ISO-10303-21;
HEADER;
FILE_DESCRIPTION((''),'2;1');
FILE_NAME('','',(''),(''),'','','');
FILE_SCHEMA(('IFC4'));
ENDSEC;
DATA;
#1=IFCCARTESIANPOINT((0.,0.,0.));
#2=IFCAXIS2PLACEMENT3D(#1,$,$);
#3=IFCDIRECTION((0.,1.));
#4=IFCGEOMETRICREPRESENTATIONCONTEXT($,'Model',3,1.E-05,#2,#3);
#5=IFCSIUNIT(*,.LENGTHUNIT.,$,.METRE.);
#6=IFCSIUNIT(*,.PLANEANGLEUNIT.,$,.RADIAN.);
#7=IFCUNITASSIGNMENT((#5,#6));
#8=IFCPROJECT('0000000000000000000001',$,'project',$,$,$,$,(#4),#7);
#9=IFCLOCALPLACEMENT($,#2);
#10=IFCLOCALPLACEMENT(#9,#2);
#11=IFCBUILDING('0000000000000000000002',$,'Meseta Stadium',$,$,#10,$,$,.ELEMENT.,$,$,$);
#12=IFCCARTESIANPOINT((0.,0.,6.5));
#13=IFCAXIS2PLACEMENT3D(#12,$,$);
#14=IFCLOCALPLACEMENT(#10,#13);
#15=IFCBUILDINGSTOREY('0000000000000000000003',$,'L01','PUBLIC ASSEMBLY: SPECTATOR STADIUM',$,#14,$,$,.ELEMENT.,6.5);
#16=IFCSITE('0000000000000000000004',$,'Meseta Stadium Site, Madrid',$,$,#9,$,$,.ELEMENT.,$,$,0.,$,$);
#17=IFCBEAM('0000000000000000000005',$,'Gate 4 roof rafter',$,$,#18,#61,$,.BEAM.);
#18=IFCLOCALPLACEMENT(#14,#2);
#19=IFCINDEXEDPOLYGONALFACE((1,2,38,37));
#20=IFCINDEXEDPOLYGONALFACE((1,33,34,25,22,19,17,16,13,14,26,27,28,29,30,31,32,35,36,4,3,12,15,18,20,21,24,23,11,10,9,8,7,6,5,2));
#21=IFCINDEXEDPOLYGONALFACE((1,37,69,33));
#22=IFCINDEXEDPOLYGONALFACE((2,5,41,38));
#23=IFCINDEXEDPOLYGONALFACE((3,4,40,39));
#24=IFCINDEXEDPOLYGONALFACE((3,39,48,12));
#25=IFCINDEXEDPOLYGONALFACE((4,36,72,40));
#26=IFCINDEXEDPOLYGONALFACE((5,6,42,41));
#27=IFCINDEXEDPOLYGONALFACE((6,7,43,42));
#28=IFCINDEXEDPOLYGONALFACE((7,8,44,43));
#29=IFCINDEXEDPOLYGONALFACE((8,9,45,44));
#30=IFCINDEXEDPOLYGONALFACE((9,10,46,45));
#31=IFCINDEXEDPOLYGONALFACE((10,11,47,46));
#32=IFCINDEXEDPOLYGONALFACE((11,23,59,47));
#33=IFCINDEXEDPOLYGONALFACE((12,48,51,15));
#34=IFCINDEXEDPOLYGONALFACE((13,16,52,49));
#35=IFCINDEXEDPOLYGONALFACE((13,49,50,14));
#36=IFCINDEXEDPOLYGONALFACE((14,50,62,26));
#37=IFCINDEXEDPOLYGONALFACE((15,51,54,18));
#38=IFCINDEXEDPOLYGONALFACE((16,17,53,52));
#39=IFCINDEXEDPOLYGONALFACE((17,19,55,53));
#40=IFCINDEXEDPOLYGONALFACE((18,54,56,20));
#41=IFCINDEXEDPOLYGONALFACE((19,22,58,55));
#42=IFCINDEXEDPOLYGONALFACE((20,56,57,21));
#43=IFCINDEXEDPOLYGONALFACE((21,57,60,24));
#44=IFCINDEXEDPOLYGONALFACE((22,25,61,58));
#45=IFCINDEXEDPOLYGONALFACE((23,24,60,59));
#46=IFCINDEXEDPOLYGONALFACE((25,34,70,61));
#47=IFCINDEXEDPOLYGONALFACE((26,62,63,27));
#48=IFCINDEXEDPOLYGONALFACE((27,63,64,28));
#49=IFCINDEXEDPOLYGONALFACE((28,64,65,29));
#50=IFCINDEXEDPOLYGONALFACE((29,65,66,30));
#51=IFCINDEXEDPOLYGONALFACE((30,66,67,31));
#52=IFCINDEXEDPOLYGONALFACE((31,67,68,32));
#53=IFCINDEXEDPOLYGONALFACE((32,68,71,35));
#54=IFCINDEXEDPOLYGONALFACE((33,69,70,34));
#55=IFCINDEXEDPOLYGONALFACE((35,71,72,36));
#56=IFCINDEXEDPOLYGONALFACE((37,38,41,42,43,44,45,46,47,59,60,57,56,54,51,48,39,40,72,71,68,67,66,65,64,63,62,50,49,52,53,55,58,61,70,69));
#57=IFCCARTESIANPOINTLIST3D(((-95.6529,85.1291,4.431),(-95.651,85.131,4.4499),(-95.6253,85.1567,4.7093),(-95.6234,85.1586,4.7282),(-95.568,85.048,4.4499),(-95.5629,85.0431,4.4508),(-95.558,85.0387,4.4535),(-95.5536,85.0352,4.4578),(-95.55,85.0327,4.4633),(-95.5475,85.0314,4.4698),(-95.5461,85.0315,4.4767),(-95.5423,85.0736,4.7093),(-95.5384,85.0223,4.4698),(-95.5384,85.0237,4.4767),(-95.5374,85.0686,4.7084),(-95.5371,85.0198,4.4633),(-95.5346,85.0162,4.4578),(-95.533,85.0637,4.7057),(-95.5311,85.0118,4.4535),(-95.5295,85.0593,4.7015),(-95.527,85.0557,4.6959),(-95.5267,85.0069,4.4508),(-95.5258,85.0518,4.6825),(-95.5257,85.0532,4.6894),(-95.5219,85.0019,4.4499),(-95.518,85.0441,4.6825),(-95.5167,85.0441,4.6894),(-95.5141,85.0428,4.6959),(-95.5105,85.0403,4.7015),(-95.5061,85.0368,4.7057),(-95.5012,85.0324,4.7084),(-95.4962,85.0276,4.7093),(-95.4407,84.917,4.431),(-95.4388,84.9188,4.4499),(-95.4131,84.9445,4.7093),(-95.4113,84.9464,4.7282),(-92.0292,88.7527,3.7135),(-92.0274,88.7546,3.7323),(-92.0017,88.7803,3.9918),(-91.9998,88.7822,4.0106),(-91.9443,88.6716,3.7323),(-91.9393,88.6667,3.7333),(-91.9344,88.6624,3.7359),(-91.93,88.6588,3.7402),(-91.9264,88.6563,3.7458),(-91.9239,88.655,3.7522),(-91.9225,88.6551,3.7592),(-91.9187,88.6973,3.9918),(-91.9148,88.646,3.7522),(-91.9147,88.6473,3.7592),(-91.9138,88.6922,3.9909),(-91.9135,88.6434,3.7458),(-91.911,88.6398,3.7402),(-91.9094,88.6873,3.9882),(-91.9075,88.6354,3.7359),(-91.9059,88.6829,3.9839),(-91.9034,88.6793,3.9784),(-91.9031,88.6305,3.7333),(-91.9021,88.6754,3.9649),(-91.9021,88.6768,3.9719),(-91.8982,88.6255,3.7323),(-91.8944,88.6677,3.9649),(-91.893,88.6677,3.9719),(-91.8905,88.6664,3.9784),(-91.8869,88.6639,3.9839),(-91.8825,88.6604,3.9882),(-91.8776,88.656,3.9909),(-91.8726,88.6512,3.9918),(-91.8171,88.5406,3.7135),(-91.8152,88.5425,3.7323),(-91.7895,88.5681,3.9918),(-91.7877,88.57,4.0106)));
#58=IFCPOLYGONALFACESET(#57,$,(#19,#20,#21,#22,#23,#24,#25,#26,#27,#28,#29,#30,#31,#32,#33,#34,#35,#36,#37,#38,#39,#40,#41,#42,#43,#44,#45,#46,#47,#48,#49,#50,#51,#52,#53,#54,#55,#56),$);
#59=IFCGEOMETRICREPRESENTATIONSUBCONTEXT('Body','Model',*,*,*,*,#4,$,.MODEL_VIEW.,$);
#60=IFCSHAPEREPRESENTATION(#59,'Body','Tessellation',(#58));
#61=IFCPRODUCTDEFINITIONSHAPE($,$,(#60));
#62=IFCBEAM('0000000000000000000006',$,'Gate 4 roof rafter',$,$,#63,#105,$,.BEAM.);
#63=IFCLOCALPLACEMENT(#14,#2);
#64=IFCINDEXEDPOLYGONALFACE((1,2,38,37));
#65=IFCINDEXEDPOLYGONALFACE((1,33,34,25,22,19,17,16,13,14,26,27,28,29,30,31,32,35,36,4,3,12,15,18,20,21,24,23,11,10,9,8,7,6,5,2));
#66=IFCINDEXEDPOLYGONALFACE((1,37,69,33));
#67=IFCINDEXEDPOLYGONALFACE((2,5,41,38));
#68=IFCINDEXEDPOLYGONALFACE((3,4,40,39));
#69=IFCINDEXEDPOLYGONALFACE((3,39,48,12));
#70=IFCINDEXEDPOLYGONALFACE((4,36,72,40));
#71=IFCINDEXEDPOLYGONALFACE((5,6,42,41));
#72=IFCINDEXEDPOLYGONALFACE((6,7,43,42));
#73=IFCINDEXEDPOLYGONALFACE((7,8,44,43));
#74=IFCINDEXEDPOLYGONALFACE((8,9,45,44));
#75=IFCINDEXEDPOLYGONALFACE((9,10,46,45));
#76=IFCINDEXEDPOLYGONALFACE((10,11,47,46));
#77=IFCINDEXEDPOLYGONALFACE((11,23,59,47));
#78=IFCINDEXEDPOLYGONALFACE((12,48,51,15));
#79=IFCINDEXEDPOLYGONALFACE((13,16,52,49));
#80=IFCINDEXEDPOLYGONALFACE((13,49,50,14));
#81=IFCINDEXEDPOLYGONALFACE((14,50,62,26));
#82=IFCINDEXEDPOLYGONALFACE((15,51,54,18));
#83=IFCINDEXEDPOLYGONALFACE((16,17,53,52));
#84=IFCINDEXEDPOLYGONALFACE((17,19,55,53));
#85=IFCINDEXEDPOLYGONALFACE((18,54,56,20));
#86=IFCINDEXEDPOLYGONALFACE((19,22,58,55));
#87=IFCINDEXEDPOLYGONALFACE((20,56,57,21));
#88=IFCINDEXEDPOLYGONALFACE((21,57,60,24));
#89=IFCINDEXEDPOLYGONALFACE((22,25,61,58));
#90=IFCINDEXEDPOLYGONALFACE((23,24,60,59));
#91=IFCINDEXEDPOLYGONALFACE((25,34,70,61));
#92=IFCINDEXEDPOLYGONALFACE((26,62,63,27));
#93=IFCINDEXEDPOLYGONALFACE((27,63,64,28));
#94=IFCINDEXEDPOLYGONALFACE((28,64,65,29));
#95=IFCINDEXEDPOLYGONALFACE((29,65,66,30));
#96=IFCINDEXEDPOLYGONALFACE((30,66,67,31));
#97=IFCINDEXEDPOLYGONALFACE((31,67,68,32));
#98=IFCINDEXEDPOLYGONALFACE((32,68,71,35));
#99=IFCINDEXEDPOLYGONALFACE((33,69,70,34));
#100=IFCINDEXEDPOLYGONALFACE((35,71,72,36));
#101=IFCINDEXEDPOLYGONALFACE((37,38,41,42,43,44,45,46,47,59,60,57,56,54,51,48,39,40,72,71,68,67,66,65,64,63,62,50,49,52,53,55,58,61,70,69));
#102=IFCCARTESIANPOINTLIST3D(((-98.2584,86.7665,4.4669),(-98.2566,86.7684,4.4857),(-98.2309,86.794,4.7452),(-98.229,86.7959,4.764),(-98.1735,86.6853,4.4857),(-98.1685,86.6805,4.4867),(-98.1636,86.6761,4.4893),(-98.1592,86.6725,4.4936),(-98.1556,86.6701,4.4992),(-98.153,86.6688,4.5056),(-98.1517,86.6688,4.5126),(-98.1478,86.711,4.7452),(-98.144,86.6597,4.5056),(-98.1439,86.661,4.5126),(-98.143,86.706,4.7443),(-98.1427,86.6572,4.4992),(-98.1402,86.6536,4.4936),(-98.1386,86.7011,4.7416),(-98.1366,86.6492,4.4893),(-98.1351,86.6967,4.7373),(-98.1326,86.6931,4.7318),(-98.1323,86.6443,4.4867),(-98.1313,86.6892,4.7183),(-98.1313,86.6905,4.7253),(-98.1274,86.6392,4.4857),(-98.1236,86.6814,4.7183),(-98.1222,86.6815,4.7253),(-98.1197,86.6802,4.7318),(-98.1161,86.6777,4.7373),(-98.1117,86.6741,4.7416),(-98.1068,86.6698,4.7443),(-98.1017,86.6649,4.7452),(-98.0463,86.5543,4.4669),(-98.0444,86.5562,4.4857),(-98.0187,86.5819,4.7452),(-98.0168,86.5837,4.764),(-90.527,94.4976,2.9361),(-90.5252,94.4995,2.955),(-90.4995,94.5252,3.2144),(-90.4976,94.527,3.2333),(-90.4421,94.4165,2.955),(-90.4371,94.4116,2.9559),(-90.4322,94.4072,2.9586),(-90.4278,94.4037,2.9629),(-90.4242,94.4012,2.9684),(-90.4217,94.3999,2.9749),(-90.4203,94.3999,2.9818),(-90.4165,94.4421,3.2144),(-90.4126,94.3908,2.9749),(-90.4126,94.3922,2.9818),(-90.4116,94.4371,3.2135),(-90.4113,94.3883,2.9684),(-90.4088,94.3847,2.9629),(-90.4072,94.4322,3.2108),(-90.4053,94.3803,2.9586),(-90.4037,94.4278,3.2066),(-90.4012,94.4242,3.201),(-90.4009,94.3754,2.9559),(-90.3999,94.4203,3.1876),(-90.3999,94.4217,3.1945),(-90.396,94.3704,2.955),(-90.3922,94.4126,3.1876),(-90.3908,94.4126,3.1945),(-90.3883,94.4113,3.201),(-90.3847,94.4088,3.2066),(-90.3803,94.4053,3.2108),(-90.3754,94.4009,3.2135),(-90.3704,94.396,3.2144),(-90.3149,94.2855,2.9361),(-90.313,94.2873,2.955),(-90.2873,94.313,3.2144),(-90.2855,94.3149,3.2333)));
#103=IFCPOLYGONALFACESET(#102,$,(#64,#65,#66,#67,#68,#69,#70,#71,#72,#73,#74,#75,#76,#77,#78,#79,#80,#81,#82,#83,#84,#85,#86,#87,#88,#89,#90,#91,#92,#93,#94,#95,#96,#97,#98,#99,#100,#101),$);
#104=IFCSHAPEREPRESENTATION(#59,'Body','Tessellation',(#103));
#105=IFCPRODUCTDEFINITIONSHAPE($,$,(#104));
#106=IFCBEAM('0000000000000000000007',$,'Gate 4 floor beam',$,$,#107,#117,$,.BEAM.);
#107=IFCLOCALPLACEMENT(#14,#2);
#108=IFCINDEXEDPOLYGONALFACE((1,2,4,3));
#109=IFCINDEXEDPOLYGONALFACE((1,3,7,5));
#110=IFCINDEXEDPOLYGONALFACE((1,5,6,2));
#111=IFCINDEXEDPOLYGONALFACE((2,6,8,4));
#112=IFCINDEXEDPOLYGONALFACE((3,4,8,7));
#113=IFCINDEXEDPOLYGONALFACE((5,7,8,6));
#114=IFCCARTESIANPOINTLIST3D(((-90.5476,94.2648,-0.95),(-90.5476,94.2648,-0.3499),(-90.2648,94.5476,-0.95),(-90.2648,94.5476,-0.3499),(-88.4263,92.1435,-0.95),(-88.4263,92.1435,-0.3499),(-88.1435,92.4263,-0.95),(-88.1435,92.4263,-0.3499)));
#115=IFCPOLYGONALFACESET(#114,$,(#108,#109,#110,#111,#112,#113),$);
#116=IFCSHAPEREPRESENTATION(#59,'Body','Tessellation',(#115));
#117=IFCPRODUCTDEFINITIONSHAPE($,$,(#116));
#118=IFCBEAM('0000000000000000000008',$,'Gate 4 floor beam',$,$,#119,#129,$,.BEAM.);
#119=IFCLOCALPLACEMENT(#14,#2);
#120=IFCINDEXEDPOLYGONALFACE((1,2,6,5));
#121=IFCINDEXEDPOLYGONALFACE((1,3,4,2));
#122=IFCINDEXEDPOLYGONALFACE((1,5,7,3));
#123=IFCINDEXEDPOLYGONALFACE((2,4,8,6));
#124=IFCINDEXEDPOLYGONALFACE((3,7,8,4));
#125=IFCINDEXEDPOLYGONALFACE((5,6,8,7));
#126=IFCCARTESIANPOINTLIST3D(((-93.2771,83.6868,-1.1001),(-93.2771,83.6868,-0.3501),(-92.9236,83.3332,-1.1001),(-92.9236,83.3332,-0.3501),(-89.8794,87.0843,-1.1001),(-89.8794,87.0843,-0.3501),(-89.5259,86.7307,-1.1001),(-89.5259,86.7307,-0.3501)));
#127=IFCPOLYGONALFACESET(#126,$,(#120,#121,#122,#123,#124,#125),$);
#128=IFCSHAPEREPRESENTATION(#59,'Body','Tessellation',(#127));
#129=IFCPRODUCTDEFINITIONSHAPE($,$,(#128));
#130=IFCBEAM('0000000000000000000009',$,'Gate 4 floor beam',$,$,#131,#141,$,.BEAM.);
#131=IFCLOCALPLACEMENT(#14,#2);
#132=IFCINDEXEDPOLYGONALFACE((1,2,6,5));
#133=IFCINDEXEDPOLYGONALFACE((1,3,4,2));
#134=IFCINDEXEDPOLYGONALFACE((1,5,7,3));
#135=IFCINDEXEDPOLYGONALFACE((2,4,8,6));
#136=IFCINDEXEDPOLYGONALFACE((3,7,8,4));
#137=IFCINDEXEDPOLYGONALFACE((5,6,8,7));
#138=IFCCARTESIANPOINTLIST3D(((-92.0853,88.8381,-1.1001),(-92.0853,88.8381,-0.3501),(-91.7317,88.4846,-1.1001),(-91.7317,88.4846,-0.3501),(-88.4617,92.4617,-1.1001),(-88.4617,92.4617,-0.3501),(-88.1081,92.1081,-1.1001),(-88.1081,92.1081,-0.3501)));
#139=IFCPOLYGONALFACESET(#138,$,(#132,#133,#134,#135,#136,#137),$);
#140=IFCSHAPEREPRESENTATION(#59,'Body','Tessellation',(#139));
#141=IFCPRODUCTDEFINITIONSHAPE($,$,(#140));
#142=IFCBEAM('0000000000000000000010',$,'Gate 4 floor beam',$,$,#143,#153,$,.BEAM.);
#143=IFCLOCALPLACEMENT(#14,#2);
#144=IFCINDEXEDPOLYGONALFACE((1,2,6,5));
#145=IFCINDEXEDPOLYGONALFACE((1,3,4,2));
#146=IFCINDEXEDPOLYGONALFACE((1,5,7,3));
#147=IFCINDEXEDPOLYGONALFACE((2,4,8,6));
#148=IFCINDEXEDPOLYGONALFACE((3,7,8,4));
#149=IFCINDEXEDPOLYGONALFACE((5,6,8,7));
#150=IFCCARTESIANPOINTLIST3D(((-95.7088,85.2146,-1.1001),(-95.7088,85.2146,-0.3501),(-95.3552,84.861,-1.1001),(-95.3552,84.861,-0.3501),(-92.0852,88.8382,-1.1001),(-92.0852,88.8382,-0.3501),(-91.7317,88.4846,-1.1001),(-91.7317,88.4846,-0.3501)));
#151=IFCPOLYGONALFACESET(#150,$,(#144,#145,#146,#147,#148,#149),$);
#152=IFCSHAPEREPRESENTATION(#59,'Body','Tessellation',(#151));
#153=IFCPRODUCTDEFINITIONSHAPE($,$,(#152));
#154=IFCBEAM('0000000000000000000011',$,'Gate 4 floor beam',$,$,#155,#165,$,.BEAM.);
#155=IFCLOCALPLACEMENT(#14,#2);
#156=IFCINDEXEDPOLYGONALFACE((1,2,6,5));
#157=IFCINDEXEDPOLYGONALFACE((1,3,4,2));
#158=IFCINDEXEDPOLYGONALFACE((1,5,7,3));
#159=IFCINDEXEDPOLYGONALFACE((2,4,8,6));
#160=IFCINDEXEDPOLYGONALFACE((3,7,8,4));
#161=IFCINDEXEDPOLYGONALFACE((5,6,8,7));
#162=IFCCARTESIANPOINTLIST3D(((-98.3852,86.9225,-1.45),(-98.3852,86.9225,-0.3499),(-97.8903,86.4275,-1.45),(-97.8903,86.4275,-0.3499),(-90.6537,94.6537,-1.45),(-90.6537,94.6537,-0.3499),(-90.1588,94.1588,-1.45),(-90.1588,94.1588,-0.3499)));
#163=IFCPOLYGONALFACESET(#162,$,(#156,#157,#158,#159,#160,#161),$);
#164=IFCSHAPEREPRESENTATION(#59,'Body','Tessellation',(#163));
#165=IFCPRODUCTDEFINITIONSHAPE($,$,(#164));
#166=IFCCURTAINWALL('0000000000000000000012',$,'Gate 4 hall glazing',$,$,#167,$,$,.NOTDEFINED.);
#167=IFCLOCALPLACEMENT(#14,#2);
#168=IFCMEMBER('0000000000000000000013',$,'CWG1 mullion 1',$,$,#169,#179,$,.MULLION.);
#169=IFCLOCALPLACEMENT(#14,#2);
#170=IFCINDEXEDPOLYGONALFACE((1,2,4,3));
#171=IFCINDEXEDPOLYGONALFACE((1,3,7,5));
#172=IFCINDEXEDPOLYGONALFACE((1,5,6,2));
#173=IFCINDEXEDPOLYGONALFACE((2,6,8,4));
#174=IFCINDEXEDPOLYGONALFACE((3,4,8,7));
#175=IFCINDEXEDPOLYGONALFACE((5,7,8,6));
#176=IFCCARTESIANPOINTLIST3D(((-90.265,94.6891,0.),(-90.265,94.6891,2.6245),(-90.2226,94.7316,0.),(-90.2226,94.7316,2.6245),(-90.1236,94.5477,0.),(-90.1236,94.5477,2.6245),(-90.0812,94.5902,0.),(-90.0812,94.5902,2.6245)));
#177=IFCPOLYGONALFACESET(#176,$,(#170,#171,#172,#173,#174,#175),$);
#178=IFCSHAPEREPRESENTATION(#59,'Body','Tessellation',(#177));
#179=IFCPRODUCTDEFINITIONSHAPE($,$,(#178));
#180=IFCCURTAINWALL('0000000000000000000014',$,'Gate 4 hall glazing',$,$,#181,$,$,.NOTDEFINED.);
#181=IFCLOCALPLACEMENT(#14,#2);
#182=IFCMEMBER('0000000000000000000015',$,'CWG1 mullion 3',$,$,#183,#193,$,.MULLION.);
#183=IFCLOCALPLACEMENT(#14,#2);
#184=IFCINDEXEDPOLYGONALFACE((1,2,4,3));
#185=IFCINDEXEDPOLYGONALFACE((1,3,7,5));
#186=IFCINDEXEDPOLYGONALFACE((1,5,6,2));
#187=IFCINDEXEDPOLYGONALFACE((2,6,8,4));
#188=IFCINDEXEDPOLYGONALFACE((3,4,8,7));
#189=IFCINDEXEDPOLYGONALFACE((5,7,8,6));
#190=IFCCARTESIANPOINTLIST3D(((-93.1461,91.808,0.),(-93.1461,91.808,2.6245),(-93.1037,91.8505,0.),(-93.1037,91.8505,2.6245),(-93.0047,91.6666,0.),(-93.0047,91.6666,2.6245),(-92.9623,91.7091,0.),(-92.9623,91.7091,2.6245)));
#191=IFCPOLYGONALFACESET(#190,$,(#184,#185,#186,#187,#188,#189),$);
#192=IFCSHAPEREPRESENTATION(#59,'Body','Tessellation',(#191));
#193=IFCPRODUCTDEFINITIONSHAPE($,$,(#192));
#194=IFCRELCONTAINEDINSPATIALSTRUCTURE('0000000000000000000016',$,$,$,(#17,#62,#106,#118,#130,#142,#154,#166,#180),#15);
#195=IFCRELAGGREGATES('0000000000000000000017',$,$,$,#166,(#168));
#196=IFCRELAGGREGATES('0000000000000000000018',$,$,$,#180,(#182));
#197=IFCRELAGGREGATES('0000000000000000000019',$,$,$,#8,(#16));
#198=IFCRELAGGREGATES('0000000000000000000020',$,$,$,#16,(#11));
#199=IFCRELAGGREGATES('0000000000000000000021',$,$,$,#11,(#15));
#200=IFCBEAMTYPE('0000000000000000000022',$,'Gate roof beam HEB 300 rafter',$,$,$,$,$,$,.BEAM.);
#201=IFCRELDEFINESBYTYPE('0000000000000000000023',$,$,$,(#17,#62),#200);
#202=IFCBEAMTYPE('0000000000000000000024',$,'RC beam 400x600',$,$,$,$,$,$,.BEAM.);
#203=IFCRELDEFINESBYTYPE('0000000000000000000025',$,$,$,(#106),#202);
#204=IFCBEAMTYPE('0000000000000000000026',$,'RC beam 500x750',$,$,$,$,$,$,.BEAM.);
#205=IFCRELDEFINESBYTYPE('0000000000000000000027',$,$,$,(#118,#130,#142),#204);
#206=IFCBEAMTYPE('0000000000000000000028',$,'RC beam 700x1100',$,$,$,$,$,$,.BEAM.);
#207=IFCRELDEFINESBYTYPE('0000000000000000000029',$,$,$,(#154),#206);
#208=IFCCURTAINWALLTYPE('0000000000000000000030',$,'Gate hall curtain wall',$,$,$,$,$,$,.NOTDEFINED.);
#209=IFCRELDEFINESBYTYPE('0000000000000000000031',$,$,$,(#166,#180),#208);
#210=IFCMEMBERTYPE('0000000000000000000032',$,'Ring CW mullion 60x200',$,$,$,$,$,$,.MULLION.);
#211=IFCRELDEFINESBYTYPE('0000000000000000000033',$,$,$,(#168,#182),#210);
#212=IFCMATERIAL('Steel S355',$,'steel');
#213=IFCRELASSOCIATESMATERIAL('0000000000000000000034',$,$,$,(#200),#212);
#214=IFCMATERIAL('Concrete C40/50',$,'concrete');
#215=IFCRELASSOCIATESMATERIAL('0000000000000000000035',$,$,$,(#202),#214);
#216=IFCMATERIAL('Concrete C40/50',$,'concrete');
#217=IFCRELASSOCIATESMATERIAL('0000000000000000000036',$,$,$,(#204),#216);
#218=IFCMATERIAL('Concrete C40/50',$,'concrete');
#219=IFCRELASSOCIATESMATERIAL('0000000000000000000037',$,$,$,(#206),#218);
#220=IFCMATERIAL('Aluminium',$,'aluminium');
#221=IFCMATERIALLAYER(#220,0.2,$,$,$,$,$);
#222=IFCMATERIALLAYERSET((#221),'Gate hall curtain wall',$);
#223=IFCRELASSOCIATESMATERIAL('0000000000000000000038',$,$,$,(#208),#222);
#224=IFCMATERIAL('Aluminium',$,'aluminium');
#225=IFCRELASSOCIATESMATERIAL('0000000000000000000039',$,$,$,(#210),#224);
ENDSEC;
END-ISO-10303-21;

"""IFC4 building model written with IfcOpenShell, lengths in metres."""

from ifc_helpers import new_model, si_unit, direction, frame, origin, origin_2d, place, context, subcontext, project, spatial, rectangle, i_section, extrude, material, layer, layer_set, material_profile, profile_set, type_object, element, aggregate, save


model = new_model("IFC4")

# Units and contexts
model_context = context("Model", 3, precision=1e-05, world=origin(), true_north=direction((0.0, 1.0)))
body_context = subcontext(model_context, "Body", "Model", "MODEL_VIEW")
ifc_project = project(units=[si_unit("LENGTHUNIT", "METRE"), si_unit("PLANEANGLEUNIT", "RADIAN")], contexts=[model_context])

# Site, building, storey
site_placement = place(None, origin())
site = spatial("IfcSite", under=ifc_project, at=site_placement, Name="Meseta Stadium Site, Madrid", CompositionType="ELEMENT", RefElevation=0.0)
building_placement = place(site_placement, origin())
building = spatial("IfcBuilding", under=site, at=building_placement, Name="Meseta Stadium", CompositionType="ELEMENT")
storey_placement = place(building_placement, frame((0.0, 0.0, 6.5)))
storey = spatial("IfcBuildingStorey", under=building, at=storey_placement, Name="L01", Description="PUBLIC ASSEMBLY: SPECTATOR STADIUM", CompositionType="ELEMENT", Elevation=6.5)

# Beams
ifc_material_1 = material(Name="Steel S355", Category="steel")
ifc_material_profile_1 = material_profile(ifc_material_1, i_section(OverallWidth=0.3, OverallDepth=0.3, WebThickness=0.011, FlangeThickness=0.019, FilletRadius=0.0271, at=origin_2d()), Name="HEB 300")
ifc_profile_set_1 = profile_set([ifc_material_profile_1], Name="Steel S355")
beam_type_1 = type_object("IfcBeamType", Name="Gate roof beam HEB 300 rafter", PredefinedType="BEAM", material=ifc_profile_set_1)
for number, where, z_axis, x_axis, name in (
    (1, (-91.9084, 88.6614, 3.8621), (-0.700275, -0.700275, 0.138668), (0.707107, -0.707107, 0.0), "Gate 4 roof rafter"),
):
    element("IfcBeam", number, at=place(storey_placement, frame(where, z_axis=z_axis, x_axis=x_axis)), inside=storey, type_object=beam_type_1, Name=name, PredefinedType="BEAM", context=body_context, shape_type="SweptSolid", body=[
        extrude(i_section(OverallWidth=0.3, OverallDepth=0.3, WebThickness=0.011, FlangeThickness=0.019, FilletRadius=0.0271, at=origin_2d()), origin(), (0.0, 0.0, 1.0), 5.1746),
    ])
beam_1_placement = place(storey_placement, frame((-90.4062, 94.4062, 3.0847), z_axis=(-0.700288, -0.700266, 0.138651), x_axis=(0.707096, -0.707118, 0.0)))
element("IfcBeam", 2, at=beam_1_placement, inside=storey, type_object=beam_type_1, Name="Gate 4 roof rafter", PredefinedType="BEAM", context=body_context, shape_type="SweptSolid", body=[
    extrude(i_section(OverallWidth=0.3, OverallDepth=0.3, WebThickness=0.011, FlangeThickness=0.019, FilletRadius=0.0271, at=origin_2d()), origin(), (0.0, 0.0, 1.0), 11.0403),
])
ifc_material_2 = material(Name="Concrete C40/50", Category="concrete")
ifc_material_profile_2 = material_profile(ifc_material_2, rectangle(XDim=0.3999, YDim=0.6001, at=origin_2d()), Name="RC 400x600")
ifc_profile_set_2 = profile_set([ifc_material_profile_2], Name="Concrete C40/50")
beam_type_2 = type_object("IfcBeamType", Name="RC beam 400x600", PredefinedType="BEAM", material=ifc_profile_set_2)
beam_2_placement = place(storey_placement, frame((-88.2849, 92.2849, -0.6499), z_axis=(-0.707107, 0.707107, 0.0), x_axis=(-0.707107, -0.707107, 0.0)))
element("IfcBeam", 3, at=beam_2_placement, inside=storey, type_object=beam_type_2, Name="Gate 4 floor beam", PredefinedType="BEAM", context=body_context, shape_type="SweptSolid", body=[
    extrude(rectangle(XDim=0.3999, YDim=0.6001, at=origin_2d()), origin(), (0.0, 0.0, 1.0), 3.0),
])
ifc_material_3 = material(Name="Concrete C40/50", Category="concrete")
ifc_material_profile_3 = material_profile(ifc_material_3, rectangle(XDim=0.5, YDim=0.75, at=origin_2d()), Name="RC 500x750")
ifc_profile_set_3 = profile_set([ifc_material_profile_3], Name="Concrete C40/50")
beam_type_3 = type_object("IfcBeamType", Name="RC beam 500x750", PredefinedType="BEAM", material=ifc_profile_set_3)
beam_3_placement = place(storey_placement, frame((-89.7026, 86.9075, -0.7251), z_axis=(-0.707132, -0.707081, 0.0), x_axis=(0.707081, -0.707132, 0.0)))
element("IfcBeam", 4, at=beam_3_placement, inside=storey, type_object=beam_type_3, Name="Gate 4 floor beam", PredefinedType="BEAM", context=body_context, shape_type="SweptSolid", body=[
    extrude(rectangle(XDim=0.5, YDim=0.75, at=origin_2d()), origin(), (0.0, 0.0, 1.0), 4.8049),
])
for number, where, z_axis, x_axis, name in (
    (5, (-88.2849, 92.2849, -0.7251), (-0.707107, -0.707107, 0.0), (0.707107, -0.707107, 0.0), "Gate 4 floor beam"),
    (6, (-91.9084, 88.6614, -0.7251), (-0.707107, -0.707107, 0.0), (0.707107, -0.707107, 0.0), "Gate 4 floor beam"),
):
    element("IfcBeam", number, at=place(storey_placement, frame(where, z_axis=z_axis, x_axis=x_axis)), inside=storey, type_object=beam_type_3, Name=name, PredefinedType="BEAM", context=body_context, shape_type="SweptSolid", body=[
        extrude(rectangle(XDim=0.5, YDim=0.75, at=origin_2d()), origin(), (0.0, 0.0, 1.0), 5.1245),
    ])
ifc_material_4 = material(Name="Concrete C40/50", Category="concrete")
ifc_material_profile_4 = material_profile(ifc_material_4, rectangle(XDim=0.7, YDim=1.1001, at=origin_2d()), Name="RC 700x1100")
ifc_profile_set_4 = profile_set([ifc_material_profile_4], Name="Concrete C40/50")
beam_type_4 = type_object("IfcBeamType", Name="RC beam 700x1100", PredefinedType="BEAM", material=ifc_profile_set_4)
beam_4_placement = place(storey_placement, frame((-90.4062, 94.4062, -0.8999), z_axis=(-0.707118, -0.707096, 0.0), x_axis=(0.707096, -0.707118, 0.0)))
element("IfcBeam", 7, at=beam_4_placement, inside=storey, type_object=beam_type_4, Name="Gate 4 floor beam", PredefinedType="BEAM", context=body_context, shape_type="SweptSolid", body=[
    extrude(rectangle(XDim=0.7, YDim=1.1001, at=origin_2d()), origin(), (0.0, 0.0, 1.0), 10.9338),
])

# Curtain wall, member
ifc_material_5 = material(Name="Aluminium", Category="aluminium")
ifc_layer_1 = layer(ifc_material_5, 0.2)
ifc_layer_set_1 = layer_set([ifc_layer_1], Name="Gate hall curtain wall")
curtain_wall_type = type_object("IfcCurtainWallType", Name="Gate hall curtain wall", PredefinedType="NOTDEFINED", material=ifc_layer_set_1)
curtain_wall_1_placement = place(storey_placement, origin())
curtain_wall_1 = element("IfcCurtainWall", 8, at=curtain_wall_1_placement, inside=storey, type_object=curtain_wall_type, Name="Gate 4 hall glazing", PredefinedType="NOTDEFINED")
ifc_material_6 = material(Name="Aluminium", Category="aluminium")
ifc_material_profile_5 = material_profile(ifc_material_6, rectangle(XDim=0.2, YDim=0.0601, at=origin_2d()), Name="CW 200x60")
ifc_profile_set_5 = profile_set([ifc_material_profile_5], Name="Aluminium")
member_type_1 = type_object("IfcMemberType", Name="Ring CW mullion 60x200", PredefinedType="MULLION", material=ifc_profile_set_5)
member_1_placement = place(storey_placement, frame((-90.1731, 94.6396, 0.0), z_axis=(0.0, 0.0, 1.0), x_axis=(-0.707112, 0.707102, 0.0)))
member_1 = element("IfcMember", 9, at=member_1_placement, type_object=member_type_1, Name="CWG1 mullion 1", PredefinedType="MULLION", context=body_context, shape_type="SweptSolid", body=[
    extrude(rectangle(XDim=0.2, YDim=0.0601, at=origin_2d()), origin(), (0.0, 0.0, 1.0), 2.6245),
])

# Curtain wall, member
curtain_wall_2_placement = place(storey_placement, origin())
curtain_wall_2 = element("IfcCurtainWall", 10, at=curtain_wall_2_placement, inside=storey, type_object=curtain_wall_type, Name="Gate 4 hall glazing", PredefinedType="NOTDEFINED")
member_2_placement = place(storey_placement, frame((-93.0542, 91.7585, 0.0), z_axis=(0.0, 0.0, 1.0), x_axis=(-0.707102, 0.707112, 0.0)))
member_2 = element("IfcMember", 11, at=member_2_placement, type_object=member_type_1, Name="CWG1 mullion 3", PredefinedType="MULLION", context=body_context, shape_type="SweptSolid", body=[
    extrude(rectangle(XDim=0.2, YDim=0.0601, at=origin_2d()), origin(), (0.0, 0.0, 1.0), 2.6245),
])

aggregate(curtain_wall_1, [member_1])
aggregate(curtain_wall_2, [member_2])

save(model, "model.ifc")
